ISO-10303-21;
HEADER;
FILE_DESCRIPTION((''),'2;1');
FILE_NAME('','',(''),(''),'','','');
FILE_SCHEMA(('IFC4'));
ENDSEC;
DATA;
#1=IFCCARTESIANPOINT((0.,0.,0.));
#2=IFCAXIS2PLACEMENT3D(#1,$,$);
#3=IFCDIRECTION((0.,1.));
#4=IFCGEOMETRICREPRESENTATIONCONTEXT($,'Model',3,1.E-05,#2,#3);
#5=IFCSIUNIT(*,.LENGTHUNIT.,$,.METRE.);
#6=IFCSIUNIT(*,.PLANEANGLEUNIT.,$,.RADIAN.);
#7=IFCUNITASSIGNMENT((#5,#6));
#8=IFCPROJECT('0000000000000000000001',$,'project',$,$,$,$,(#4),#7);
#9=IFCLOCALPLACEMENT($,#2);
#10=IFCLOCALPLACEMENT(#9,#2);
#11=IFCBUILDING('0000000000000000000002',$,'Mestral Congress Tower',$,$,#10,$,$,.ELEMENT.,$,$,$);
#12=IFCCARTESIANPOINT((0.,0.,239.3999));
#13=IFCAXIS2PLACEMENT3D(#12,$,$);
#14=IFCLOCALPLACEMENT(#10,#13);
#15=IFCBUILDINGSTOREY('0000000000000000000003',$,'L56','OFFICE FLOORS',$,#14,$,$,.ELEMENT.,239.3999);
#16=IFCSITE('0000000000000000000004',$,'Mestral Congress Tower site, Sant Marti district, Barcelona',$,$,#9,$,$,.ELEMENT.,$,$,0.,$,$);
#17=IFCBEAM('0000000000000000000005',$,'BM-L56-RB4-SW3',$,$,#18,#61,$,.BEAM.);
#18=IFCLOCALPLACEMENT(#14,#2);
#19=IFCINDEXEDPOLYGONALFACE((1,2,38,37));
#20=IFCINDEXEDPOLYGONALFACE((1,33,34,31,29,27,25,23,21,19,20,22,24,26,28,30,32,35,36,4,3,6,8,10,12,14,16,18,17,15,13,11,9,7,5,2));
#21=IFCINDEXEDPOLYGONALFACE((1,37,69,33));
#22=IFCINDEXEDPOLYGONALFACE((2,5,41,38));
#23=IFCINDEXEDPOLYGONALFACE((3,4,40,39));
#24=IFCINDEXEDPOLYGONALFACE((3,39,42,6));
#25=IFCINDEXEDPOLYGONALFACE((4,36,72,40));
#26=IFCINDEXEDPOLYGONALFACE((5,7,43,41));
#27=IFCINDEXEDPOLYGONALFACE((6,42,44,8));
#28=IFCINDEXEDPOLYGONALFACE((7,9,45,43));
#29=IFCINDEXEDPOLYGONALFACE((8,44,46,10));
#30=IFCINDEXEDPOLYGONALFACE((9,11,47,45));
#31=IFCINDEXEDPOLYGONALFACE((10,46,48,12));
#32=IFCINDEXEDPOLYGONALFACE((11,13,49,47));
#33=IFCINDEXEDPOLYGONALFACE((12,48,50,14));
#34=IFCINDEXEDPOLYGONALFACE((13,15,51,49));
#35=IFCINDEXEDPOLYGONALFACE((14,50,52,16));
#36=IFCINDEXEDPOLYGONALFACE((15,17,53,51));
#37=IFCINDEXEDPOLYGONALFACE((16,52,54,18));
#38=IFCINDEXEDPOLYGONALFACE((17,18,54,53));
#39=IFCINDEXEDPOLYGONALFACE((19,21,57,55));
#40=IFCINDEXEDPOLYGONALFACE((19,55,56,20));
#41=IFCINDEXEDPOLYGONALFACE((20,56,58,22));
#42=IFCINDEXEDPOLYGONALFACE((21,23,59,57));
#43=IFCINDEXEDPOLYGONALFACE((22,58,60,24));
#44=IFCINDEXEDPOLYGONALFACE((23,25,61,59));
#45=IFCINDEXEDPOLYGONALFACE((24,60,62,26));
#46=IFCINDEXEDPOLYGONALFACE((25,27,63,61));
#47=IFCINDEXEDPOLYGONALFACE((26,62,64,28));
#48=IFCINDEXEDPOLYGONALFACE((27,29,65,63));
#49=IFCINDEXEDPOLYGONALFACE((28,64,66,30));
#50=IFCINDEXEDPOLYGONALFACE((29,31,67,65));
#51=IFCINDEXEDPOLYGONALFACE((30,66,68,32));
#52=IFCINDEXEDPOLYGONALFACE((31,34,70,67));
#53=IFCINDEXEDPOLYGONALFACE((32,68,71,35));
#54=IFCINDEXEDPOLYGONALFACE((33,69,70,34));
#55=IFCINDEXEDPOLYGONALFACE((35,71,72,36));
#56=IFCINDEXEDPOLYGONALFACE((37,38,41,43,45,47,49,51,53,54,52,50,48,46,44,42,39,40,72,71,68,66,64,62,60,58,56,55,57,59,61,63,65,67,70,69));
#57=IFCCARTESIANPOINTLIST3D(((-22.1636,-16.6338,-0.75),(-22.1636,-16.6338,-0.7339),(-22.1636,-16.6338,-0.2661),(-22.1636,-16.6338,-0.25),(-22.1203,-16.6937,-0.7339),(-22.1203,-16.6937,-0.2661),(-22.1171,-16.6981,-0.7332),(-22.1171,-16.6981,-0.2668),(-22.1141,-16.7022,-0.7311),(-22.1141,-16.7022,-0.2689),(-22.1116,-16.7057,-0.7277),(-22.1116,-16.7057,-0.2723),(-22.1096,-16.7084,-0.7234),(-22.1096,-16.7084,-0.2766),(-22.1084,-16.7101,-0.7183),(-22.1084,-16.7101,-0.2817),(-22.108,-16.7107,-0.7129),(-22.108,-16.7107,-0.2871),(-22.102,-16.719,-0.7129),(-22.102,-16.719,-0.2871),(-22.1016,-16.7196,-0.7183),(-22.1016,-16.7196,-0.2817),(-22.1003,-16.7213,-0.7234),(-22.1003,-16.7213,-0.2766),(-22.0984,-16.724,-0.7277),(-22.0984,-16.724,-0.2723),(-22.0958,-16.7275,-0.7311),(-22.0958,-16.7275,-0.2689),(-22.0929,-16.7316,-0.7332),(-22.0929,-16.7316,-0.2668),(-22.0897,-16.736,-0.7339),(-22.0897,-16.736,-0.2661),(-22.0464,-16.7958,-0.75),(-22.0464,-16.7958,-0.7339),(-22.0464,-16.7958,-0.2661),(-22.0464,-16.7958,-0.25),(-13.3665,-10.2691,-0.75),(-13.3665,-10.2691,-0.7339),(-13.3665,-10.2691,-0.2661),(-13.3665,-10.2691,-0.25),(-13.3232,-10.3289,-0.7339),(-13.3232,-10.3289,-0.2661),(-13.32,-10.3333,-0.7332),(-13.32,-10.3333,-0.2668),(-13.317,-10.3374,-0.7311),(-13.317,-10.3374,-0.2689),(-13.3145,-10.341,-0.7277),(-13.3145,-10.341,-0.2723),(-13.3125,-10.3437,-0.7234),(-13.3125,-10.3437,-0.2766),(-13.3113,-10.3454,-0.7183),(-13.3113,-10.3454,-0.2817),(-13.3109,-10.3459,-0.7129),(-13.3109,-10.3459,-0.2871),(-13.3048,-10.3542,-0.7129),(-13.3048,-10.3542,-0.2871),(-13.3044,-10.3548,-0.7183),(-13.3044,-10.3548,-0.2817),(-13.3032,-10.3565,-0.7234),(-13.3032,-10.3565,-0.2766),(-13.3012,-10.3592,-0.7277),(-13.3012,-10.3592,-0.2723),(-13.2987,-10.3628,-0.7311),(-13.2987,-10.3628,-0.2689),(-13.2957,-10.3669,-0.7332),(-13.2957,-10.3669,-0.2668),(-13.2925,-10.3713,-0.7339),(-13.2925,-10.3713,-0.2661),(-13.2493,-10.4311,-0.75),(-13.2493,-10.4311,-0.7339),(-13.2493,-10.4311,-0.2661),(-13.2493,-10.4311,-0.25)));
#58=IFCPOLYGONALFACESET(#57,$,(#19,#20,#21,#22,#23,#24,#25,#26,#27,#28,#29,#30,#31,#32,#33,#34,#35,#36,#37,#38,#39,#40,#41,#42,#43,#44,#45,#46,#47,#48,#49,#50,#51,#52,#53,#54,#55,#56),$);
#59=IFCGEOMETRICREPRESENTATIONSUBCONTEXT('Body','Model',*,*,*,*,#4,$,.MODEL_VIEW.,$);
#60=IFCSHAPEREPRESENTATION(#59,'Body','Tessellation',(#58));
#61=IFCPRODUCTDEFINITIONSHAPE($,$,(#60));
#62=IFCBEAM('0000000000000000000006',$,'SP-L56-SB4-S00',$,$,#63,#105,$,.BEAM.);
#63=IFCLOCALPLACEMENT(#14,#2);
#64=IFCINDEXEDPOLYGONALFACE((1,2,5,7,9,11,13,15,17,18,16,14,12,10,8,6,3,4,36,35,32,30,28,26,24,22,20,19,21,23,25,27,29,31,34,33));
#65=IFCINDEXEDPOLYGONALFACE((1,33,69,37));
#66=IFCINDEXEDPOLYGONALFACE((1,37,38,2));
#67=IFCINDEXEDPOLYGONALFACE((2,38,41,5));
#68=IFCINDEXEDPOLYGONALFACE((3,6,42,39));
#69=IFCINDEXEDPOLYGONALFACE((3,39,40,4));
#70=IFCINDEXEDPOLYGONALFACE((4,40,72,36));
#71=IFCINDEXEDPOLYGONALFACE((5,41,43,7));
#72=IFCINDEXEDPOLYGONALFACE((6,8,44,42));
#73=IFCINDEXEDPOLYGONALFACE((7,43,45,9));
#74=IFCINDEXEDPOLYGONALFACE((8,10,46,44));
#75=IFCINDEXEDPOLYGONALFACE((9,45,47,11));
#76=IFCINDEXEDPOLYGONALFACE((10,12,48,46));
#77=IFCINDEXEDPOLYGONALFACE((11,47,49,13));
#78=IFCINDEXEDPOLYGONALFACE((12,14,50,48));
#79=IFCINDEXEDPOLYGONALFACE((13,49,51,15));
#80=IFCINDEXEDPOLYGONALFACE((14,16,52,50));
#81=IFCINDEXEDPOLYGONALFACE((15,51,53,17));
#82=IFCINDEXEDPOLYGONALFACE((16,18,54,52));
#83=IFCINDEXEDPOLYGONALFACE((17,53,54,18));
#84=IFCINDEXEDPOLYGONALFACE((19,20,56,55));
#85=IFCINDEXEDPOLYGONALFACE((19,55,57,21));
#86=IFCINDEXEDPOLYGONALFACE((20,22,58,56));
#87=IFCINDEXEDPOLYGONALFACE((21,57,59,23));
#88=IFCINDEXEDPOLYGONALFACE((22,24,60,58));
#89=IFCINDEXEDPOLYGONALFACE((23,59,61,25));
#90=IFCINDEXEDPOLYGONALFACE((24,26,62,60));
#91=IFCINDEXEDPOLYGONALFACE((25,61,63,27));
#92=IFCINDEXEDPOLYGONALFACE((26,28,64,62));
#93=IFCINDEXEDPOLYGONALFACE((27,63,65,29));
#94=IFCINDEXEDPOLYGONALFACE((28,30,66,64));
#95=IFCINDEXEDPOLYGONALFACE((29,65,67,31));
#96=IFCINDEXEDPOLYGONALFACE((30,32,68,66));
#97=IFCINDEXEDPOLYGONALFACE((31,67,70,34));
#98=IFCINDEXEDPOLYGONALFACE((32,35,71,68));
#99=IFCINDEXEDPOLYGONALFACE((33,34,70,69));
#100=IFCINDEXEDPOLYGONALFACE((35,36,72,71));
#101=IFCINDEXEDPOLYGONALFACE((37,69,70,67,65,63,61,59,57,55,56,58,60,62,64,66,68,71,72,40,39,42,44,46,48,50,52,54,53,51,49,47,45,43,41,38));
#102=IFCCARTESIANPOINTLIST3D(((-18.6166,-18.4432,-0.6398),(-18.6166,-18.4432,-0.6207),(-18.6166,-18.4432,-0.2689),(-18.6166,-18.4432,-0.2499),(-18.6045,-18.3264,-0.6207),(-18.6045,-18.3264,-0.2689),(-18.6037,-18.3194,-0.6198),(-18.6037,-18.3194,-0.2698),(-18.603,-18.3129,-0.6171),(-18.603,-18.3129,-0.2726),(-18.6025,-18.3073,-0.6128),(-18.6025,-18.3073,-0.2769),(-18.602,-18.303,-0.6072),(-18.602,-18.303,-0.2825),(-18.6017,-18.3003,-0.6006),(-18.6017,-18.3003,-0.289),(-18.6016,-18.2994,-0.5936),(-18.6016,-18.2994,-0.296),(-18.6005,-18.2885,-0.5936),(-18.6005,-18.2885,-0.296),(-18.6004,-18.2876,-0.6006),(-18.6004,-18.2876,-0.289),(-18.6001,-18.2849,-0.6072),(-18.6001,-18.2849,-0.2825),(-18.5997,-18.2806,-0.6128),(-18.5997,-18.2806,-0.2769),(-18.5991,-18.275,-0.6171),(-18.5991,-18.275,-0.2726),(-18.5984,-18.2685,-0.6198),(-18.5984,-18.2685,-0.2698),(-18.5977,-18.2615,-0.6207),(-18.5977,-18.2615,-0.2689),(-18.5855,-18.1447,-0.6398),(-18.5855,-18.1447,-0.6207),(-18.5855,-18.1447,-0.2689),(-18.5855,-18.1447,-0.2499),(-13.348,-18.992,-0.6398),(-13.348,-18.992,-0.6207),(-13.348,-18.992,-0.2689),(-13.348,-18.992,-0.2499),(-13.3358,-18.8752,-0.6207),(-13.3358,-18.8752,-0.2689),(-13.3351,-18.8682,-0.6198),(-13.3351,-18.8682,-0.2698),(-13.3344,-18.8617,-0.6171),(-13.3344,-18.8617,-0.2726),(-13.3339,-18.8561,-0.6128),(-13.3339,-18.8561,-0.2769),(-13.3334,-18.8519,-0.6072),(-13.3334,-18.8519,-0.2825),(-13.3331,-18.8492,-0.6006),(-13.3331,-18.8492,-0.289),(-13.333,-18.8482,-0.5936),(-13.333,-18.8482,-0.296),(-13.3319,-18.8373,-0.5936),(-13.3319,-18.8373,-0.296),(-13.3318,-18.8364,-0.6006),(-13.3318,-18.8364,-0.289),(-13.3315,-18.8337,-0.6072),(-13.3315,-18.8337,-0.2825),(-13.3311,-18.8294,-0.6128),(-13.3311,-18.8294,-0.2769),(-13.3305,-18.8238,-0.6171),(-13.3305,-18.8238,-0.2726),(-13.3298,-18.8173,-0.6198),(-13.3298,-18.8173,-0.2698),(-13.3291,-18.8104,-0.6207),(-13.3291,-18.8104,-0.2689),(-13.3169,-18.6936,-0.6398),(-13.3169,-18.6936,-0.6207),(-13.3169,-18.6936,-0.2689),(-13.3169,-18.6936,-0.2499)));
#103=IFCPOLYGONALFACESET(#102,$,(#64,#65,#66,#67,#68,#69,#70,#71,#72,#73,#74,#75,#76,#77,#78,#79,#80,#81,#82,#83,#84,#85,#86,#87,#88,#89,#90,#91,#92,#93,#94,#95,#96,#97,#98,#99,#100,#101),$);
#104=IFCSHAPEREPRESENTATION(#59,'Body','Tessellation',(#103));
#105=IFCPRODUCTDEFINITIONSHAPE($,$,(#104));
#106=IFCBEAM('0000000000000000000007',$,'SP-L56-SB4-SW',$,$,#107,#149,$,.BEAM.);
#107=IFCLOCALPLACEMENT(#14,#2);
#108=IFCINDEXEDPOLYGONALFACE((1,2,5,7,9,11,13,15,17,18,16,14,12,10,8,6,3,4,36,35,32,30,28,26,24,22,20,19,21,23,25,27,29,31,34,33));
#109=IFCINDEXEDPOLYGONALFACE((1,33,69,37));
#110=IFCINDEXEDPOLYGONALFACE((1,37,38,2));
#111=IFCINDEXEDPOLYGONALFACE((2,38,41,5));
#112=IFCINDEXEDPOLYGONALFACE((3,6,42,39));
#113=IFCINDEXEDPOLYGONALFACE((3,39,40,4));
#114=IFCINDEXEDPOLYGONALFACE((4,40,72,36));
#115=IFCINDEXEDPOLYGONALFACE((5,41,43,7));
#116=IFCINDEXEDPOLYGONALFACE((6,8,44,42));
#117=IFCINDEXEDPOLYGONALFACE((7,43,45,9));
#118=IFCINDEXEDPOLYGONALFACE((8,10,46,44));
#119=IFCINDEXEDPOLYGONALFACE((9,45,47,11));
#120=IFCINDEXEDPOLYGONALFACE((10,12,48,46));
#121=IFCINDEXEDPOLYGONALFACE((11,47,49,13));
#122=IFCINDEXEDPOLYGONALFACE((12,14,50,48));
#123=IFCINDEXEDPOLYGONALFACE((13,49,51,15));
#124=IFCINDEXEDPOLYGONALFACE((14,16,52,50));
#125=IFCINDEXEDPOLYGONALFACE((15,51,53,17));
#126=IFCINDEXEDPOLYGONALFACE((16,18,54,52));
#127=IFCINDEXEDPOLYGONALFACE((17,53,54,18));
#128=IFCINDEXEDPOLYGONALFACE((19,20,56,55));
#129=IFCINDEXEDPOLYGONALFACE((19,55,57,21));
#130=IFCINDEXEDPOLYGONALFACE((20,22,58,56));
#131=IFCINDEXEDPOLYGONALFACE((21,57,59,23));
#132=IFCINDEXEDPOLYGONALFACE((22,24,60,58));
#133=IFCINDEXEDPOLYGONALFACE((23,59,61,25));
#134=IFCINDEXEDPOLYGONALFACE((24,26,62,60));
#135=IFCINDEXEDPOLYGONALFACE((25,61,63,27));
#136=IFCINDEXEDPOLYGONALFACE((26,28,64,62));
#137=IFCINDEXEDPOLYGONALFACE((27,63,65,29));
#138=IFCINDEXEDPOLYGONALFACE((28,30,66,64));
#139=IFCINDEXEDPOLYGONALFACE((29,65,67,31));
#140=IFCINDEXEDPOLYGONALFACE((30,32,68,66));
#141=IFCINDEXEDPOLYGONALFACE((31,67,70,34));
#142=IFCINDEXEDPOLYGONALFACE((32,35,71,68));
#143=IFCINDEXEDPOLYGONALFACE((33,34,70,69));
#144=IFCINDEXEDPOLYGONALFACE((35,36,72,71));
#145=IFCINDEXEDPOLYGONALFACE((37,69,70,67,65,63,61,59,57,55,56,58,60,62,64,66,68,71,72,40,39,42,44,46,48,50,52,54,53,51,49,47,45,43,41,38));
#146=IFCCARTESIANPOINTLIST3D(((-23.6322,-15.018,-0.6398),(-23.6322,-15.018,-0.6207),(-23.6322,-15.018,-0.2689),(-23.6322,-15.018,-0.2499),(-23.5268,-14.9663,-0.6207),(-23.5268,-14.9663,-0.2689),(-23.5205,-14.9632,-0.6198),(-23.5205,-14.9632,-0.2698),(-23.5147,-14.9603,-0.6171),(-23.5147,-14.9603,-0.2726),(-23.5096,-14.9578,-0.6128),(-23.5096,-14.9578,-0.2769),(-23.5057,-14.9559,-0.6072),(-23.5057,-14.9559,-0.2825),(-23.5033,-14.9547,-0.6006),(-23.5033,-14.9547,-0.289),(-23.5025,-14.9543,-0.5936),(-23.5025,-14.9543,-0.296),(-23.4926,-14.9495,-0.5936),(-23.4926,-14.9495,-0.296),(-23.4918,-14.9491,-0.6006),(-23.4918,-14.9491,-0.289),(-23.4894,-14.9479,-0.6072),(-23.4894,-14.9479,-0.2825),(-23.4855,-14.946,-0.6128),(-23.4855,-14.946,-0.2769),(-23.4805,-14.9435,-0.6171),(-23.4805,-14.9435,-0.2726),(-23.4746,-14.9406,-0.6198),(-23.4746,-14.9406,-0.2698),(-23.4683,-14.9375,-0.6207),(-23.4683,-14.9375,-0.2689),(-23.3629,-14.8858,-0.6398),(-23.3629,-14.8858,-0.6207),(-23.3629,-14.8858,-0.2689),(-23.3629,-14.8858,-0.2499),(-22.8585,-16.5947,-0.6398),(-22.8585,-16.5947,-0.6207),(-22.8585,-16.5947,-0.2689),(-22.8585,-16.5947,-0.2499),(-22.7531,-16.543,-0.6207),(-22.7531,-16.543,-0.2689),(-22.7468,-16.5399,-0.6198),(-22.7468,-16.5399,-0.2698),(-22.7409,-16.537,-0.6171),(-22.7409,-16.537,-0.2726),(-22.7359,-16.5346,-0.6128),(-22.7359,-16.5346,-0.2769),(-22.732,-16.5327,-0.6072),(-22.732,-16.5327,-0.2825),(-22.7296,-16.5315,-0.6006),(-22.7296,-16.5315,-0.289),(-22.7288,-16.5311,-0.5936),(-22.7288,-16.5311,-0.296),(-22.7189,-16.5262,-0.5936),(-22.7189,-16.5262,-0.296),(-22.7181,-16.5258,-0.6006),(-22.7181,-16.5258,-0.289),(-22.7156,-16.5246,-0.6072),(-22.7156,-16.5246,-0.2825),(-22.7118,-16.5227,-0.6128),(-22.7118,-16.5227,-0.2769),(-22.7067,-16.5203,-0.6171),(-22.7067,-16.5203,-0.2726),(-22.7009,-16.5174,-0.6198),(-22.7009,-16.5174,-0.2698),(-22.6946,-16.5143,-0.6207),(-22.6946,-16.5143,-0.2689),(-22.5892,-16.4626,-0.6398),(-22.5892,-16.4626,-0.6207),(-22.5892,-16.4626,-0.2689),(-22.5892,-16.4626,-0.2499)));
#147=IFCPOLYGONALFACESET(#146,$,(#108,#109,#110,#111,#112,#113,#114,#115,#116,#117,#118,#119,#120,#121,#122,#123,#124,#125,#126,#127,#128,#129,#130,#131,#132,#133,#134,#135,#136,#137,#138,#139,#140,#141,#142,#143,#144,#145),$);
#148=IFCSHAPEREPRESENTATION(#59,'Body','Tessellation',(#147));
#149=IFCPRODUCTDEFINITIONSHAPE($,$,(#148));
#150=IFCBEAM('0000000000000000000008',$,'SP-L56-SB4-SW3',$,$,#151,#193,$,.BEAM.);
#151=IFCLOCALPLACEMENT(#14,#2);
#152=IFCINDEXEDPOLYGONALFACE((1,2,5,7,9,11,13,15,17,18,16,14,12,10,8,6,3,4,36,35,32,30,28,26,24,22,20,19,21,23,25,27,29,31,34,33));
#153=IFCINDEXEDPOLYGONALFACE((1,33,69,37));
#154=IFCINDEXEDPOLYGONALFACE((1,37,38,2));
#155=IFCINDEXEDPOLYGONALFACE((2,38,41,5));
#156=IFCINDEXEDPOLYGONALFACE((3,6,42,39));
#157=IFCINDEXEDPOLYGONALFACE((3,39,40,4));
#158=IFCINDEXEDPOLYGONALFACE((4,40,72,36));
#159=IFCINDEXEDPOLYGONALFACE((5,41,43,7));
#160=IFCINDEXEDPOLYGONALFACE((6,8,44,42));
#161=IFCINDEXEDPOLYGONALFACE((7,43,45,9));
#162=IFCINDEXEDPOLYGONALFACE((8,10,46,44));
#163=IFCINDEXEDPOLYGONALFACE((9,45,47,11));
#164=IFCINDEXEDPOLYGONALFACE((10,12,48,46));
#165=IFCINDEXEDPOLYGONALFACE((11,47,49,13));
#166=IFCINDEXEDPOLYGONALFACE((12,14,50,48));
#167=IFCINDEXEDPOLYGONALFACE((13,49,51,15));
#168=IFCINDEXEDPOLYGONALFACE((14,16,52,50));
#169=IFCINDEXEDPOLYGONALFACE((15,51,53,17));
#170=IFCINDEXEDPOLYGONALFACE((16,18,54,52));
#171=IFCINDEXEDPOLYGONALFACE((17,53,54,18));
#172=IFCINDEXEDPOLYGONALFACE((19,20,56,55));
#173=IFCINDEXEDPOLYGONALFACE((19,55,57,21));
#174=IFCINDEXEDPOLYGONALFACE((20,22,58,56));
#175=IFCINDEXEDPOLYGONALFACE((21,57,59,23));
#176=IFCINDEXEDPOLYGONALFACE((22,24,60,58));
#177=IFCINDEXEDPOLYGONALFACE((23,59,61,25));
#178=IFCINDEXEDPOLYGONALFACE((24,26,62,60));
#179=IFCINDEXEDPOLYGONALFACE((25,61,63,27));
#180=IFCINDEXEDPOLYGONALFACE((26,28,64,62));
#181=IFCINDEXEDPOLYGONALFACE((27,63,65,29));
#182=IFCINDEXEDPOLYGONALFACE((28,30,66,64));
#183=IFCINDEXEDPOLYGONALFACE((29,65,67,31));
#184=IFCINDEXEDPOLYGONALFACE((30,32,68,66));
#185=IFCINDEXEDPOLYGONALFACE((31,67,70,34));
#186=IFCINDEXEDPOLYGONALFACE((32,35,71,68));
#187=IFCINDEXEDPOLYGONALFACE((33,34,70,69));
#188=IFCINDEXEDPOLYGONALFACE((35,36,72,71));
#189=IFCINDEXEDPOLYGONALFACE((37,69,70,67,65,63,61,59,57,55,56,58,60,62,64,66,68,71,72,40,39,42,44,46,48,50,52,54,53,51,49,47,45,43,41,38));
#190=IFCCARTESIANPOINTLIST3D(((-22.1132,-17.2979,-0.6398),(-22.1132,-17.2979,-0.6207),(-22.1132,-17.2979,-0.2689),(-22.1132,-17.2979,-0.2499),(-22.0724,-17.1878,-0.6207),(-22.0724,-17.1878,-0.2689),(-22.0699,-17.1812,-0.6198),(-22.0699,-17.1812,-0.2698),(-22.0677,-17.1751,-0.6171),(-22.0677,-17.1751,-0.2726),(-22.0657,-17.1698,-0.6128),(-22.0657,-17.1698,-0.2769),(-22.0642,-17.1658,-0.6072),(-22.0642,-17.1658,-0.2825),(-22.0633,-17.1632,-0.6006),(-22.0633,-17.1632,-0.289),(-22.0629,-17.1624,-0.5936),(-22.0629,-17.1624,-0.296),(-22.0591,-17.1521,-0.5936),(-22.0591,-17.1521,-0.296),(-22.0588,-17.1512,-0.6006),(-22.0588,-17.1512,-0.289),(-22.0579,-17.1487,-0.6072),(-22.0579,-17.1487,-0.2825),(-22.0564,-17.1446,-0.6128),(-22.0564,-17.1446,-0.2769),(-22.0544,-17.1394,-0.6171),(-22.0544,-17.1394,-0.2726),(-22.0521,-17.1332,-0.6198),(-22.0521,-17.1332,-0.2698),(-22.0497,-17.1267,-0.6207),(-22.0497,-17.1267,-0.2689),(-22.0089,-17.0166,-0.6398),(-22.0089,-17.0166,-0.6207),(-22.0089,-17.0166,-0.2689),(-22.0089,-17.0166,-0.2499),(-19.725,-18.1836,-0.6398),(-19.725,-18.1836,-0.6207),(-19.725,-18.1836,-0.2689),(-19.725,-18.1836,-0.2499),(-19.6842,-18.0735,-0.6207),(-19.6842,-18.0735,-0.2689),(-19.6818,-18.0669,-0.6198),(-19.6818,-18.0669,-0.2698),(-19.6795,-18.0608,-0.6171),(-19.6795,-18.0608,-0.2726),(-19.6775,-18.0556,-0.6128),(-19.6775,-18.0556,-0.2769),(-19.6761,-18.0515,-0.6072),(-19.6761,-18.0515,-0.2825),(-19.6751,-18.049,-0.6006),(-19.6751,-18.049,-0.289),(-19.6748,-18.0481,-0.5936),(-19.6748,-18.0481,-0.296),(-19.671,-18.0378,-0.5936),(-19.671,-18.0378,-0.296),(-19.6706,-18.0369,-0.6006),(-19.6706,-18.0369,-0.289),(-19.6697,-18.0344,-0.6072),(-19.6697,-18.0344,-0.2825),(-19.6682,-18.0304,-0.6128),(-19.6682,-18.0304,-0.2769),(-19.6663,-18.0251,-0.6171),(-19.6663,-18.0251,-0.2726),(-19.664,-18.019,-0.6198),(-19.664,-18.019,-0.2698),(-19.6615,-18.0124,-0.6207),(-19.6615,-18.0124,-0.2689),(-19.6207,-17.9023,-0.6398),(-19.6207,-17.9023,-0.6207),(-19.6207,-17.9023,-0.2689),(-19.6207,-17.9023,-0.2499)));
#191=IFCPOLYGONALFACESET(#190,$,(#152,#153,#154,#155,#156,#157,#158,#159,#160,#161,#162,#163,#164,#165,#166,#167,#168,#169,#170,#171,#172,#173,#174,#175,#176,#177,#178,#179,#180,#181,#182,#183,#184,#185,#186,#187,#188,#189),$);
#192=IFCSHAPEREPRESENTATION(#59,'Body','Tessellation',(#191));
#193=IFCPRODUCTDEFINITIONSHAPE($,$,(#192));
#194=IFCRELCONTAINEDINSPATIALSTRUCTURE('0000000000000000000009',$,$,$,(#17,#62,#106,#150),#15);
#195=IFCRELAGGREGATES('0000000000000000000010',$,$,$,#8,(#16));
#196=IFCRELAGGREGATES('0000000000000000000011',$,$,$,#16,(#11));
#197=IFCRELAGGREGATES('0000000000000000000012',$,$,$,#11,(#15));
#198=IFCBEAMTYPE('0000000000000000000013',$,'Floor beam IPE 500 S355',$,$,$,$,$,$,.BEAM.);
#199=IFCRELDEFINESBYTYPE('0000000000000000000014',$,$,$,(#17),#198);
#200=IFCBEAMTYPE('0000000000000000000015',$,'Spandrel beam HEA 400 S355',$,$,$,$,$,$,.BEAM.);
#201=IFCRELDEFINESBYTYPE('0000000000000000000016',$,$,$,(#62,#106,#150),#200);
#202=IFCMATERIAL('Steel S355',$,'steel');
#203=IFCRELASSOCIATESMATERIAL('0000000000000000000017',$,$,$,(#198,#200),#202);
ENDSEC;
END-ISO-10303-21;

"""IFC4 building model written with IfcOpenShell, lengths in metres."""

from ifc_helpers import new_model, si_unit, direction, frame, origin, origin_2d, place, context, subcontext, project, spatial, i_section, extrude, material, material_profile, profile_set, type_object, element, save


model = new_model("IFC4")

# Units and contexts
model_context = context("Model", 3, precision=1e-05, world=origin(), true_north=direction((0.0, 1.0)))
body_context = subcontext(model_context, "Body", "Model", "MODEL_VIEW")
ifc_project = project(units=[si_unit("LENGTHUNIT", "METRE"), si_unit("PLANEANGLEUNIT", "RADIAN")], contexts=[model_context])

# Site, building, storey
site_placement = place(None, origin())
site = spatial("IfcSite", under=ifc_project, at=site_placement, Name="Mestral Congress Tower site, Sant Marti district, Barcelona", CompositionType="ELEMENT", RefElevation=0.0)
building_placement = place(site_placement, origin())
building = spatial("IfcBuilding", under=site, at=building_placement, Name="Mestral Congress Tower", CompositionType="ELEMENT")
storey_placement = place(building_placement, frame((0.0, 0.0, 239.3999)))
storey = spatial("IfcBuildingStorey", under=building, at=storey_placement, Name="L56", Description="OFFICE FLOORS", CompositionType="ELEMENT", Elevation=239.3999)

# Beams
ifc_material_1 = material(Name="Steel S355", Category="steel")
ifc_material_profile_1 = material_profile(ifc_material_1, i_section(OverallWidth=0.2, OverallDepth=0.5, WebThickness=0.0103, FlangeThickness=0.0161, FilletRadius=0.021, at=origin_2d()), Name="IPE 500")
ifc_profile_set_1 = profile_set([ifc_material_profile_1], Name="Steel S355")
beam_type_1 = type_object("IfcBeamType", Name="Floor beam IPE 500 S355", PredefinedType="BEAM", material=ifc_profile_set_1)
beam_1_placement = place(storey_placement, frame((-22.105, -16.7148, -0.5), z_axis=(0.810186, 0.586173, 0.0), x_axis=(-0.586173, 0.810186, 0.0)))
element("IfcBeam", 1, at=beam_1_placement, inside=storey, type_object=beam_type_1, Name="BM-L56-RB4-SW3", PredefinedType="BEAM", context=body_context, shape_type="SweptSolid", body=[
    extrude(i_section(OverallWidth=0.2, OverallDepth=0.5, WebThickness=0.0103, FlangeThickness=0.0161, FilletRadius=0.021, at=origin_2d()), origin(), (0.0, 0.0, 1.0), 10.8582),
])
ifc_material_profile_2 = material_profile(ifc_material_1, i_section(OverallWidth=0.3, OverallDepth=0.3899, WebThickness=0.011, FlangeThickness=0.019, FilletRadius=0.0271, at=origin_2d()), Name="HEA 400")
ifc_profile_set_2 = profile_set([ifc_material_profile_2], Name="Steel S355")
beam_type_2 = type_object("IfcBeamType", Name="Spandrel beam HEA 400 S355", PredefinedType="BEAM", material=ifc_profile_set_2)
beam_2_placement = place(storey_placement, frame((-18.6011, -18.2939, -0.4448), z_axis=(0.994618, -0.10361, 0.0), x_axis=(0.10361, 0.994618, 0.0)))
element("IfcBeam", 2, at=beam_2_placement, inside=storey, type_object=beam_type_2, Name="SP-L56-SB4-S00", PredefinedType="BEAM", context=body_context, shape_type="SweptSolid", body=[
    extrude(i_section(OverallWidth=0.3, OverallDepth=0.3899, WebThickness=0.011, FlangeThickness=0.019, FilletRadius=0.0271, at=origin_2d()), origin(), (0.0, 0.0, 1.0), 5.2971),
])
beam_3_placement = place(storey_placement, frame((-23.4976, -14.9519, -0.4448), z_axis=(0.440529, -0.897739, 0.0), x_axis=(0.897739, 0.440529, 0.0)))
element("IfcBeam", 3, at=beam_3_placement, inside=storey, type_object=beam_type_2, Name="SP-L56-SB4-SW", PredefinedType="BEAM", context=body_context, shape_type="SweptSolid", body=[
    extrude(i_section(OverallWidth=0.3, OverallDepth=0.3899, WebThickness=0.011, FlangeThickness=0.019, FilletRadius=0.0271, at=origin_2d()), origin(), (0.0, 0.0, 1.0), 1.7563),
])
beam_4_placement = place(storey_placement, frame((-22.061, -17.1572, -0.4448), z_axis=(0.937591, -0.347739, 0.0), x_axis=(0.347739, 0.937591, 0.0)))
element("IfcBeam", 4, at=beam_4_placement, inside=storey, type_object=beam_type_2, Name="SP-L56-SB4-SW3", PredefinedType="BEAM", context=body_context, shape_type="SweptSolid", body=[
    extrude(i_section(OverallWidth=0.3, OverallDepth=0.3899, WebThickness=0.011, FlangeThickness=0.019, FilletRadius=0.0271, at=origin_2d()), origin(), (0.0, 0.0, 1.0), 2.5471),
])

save(model, "model.ifc")
